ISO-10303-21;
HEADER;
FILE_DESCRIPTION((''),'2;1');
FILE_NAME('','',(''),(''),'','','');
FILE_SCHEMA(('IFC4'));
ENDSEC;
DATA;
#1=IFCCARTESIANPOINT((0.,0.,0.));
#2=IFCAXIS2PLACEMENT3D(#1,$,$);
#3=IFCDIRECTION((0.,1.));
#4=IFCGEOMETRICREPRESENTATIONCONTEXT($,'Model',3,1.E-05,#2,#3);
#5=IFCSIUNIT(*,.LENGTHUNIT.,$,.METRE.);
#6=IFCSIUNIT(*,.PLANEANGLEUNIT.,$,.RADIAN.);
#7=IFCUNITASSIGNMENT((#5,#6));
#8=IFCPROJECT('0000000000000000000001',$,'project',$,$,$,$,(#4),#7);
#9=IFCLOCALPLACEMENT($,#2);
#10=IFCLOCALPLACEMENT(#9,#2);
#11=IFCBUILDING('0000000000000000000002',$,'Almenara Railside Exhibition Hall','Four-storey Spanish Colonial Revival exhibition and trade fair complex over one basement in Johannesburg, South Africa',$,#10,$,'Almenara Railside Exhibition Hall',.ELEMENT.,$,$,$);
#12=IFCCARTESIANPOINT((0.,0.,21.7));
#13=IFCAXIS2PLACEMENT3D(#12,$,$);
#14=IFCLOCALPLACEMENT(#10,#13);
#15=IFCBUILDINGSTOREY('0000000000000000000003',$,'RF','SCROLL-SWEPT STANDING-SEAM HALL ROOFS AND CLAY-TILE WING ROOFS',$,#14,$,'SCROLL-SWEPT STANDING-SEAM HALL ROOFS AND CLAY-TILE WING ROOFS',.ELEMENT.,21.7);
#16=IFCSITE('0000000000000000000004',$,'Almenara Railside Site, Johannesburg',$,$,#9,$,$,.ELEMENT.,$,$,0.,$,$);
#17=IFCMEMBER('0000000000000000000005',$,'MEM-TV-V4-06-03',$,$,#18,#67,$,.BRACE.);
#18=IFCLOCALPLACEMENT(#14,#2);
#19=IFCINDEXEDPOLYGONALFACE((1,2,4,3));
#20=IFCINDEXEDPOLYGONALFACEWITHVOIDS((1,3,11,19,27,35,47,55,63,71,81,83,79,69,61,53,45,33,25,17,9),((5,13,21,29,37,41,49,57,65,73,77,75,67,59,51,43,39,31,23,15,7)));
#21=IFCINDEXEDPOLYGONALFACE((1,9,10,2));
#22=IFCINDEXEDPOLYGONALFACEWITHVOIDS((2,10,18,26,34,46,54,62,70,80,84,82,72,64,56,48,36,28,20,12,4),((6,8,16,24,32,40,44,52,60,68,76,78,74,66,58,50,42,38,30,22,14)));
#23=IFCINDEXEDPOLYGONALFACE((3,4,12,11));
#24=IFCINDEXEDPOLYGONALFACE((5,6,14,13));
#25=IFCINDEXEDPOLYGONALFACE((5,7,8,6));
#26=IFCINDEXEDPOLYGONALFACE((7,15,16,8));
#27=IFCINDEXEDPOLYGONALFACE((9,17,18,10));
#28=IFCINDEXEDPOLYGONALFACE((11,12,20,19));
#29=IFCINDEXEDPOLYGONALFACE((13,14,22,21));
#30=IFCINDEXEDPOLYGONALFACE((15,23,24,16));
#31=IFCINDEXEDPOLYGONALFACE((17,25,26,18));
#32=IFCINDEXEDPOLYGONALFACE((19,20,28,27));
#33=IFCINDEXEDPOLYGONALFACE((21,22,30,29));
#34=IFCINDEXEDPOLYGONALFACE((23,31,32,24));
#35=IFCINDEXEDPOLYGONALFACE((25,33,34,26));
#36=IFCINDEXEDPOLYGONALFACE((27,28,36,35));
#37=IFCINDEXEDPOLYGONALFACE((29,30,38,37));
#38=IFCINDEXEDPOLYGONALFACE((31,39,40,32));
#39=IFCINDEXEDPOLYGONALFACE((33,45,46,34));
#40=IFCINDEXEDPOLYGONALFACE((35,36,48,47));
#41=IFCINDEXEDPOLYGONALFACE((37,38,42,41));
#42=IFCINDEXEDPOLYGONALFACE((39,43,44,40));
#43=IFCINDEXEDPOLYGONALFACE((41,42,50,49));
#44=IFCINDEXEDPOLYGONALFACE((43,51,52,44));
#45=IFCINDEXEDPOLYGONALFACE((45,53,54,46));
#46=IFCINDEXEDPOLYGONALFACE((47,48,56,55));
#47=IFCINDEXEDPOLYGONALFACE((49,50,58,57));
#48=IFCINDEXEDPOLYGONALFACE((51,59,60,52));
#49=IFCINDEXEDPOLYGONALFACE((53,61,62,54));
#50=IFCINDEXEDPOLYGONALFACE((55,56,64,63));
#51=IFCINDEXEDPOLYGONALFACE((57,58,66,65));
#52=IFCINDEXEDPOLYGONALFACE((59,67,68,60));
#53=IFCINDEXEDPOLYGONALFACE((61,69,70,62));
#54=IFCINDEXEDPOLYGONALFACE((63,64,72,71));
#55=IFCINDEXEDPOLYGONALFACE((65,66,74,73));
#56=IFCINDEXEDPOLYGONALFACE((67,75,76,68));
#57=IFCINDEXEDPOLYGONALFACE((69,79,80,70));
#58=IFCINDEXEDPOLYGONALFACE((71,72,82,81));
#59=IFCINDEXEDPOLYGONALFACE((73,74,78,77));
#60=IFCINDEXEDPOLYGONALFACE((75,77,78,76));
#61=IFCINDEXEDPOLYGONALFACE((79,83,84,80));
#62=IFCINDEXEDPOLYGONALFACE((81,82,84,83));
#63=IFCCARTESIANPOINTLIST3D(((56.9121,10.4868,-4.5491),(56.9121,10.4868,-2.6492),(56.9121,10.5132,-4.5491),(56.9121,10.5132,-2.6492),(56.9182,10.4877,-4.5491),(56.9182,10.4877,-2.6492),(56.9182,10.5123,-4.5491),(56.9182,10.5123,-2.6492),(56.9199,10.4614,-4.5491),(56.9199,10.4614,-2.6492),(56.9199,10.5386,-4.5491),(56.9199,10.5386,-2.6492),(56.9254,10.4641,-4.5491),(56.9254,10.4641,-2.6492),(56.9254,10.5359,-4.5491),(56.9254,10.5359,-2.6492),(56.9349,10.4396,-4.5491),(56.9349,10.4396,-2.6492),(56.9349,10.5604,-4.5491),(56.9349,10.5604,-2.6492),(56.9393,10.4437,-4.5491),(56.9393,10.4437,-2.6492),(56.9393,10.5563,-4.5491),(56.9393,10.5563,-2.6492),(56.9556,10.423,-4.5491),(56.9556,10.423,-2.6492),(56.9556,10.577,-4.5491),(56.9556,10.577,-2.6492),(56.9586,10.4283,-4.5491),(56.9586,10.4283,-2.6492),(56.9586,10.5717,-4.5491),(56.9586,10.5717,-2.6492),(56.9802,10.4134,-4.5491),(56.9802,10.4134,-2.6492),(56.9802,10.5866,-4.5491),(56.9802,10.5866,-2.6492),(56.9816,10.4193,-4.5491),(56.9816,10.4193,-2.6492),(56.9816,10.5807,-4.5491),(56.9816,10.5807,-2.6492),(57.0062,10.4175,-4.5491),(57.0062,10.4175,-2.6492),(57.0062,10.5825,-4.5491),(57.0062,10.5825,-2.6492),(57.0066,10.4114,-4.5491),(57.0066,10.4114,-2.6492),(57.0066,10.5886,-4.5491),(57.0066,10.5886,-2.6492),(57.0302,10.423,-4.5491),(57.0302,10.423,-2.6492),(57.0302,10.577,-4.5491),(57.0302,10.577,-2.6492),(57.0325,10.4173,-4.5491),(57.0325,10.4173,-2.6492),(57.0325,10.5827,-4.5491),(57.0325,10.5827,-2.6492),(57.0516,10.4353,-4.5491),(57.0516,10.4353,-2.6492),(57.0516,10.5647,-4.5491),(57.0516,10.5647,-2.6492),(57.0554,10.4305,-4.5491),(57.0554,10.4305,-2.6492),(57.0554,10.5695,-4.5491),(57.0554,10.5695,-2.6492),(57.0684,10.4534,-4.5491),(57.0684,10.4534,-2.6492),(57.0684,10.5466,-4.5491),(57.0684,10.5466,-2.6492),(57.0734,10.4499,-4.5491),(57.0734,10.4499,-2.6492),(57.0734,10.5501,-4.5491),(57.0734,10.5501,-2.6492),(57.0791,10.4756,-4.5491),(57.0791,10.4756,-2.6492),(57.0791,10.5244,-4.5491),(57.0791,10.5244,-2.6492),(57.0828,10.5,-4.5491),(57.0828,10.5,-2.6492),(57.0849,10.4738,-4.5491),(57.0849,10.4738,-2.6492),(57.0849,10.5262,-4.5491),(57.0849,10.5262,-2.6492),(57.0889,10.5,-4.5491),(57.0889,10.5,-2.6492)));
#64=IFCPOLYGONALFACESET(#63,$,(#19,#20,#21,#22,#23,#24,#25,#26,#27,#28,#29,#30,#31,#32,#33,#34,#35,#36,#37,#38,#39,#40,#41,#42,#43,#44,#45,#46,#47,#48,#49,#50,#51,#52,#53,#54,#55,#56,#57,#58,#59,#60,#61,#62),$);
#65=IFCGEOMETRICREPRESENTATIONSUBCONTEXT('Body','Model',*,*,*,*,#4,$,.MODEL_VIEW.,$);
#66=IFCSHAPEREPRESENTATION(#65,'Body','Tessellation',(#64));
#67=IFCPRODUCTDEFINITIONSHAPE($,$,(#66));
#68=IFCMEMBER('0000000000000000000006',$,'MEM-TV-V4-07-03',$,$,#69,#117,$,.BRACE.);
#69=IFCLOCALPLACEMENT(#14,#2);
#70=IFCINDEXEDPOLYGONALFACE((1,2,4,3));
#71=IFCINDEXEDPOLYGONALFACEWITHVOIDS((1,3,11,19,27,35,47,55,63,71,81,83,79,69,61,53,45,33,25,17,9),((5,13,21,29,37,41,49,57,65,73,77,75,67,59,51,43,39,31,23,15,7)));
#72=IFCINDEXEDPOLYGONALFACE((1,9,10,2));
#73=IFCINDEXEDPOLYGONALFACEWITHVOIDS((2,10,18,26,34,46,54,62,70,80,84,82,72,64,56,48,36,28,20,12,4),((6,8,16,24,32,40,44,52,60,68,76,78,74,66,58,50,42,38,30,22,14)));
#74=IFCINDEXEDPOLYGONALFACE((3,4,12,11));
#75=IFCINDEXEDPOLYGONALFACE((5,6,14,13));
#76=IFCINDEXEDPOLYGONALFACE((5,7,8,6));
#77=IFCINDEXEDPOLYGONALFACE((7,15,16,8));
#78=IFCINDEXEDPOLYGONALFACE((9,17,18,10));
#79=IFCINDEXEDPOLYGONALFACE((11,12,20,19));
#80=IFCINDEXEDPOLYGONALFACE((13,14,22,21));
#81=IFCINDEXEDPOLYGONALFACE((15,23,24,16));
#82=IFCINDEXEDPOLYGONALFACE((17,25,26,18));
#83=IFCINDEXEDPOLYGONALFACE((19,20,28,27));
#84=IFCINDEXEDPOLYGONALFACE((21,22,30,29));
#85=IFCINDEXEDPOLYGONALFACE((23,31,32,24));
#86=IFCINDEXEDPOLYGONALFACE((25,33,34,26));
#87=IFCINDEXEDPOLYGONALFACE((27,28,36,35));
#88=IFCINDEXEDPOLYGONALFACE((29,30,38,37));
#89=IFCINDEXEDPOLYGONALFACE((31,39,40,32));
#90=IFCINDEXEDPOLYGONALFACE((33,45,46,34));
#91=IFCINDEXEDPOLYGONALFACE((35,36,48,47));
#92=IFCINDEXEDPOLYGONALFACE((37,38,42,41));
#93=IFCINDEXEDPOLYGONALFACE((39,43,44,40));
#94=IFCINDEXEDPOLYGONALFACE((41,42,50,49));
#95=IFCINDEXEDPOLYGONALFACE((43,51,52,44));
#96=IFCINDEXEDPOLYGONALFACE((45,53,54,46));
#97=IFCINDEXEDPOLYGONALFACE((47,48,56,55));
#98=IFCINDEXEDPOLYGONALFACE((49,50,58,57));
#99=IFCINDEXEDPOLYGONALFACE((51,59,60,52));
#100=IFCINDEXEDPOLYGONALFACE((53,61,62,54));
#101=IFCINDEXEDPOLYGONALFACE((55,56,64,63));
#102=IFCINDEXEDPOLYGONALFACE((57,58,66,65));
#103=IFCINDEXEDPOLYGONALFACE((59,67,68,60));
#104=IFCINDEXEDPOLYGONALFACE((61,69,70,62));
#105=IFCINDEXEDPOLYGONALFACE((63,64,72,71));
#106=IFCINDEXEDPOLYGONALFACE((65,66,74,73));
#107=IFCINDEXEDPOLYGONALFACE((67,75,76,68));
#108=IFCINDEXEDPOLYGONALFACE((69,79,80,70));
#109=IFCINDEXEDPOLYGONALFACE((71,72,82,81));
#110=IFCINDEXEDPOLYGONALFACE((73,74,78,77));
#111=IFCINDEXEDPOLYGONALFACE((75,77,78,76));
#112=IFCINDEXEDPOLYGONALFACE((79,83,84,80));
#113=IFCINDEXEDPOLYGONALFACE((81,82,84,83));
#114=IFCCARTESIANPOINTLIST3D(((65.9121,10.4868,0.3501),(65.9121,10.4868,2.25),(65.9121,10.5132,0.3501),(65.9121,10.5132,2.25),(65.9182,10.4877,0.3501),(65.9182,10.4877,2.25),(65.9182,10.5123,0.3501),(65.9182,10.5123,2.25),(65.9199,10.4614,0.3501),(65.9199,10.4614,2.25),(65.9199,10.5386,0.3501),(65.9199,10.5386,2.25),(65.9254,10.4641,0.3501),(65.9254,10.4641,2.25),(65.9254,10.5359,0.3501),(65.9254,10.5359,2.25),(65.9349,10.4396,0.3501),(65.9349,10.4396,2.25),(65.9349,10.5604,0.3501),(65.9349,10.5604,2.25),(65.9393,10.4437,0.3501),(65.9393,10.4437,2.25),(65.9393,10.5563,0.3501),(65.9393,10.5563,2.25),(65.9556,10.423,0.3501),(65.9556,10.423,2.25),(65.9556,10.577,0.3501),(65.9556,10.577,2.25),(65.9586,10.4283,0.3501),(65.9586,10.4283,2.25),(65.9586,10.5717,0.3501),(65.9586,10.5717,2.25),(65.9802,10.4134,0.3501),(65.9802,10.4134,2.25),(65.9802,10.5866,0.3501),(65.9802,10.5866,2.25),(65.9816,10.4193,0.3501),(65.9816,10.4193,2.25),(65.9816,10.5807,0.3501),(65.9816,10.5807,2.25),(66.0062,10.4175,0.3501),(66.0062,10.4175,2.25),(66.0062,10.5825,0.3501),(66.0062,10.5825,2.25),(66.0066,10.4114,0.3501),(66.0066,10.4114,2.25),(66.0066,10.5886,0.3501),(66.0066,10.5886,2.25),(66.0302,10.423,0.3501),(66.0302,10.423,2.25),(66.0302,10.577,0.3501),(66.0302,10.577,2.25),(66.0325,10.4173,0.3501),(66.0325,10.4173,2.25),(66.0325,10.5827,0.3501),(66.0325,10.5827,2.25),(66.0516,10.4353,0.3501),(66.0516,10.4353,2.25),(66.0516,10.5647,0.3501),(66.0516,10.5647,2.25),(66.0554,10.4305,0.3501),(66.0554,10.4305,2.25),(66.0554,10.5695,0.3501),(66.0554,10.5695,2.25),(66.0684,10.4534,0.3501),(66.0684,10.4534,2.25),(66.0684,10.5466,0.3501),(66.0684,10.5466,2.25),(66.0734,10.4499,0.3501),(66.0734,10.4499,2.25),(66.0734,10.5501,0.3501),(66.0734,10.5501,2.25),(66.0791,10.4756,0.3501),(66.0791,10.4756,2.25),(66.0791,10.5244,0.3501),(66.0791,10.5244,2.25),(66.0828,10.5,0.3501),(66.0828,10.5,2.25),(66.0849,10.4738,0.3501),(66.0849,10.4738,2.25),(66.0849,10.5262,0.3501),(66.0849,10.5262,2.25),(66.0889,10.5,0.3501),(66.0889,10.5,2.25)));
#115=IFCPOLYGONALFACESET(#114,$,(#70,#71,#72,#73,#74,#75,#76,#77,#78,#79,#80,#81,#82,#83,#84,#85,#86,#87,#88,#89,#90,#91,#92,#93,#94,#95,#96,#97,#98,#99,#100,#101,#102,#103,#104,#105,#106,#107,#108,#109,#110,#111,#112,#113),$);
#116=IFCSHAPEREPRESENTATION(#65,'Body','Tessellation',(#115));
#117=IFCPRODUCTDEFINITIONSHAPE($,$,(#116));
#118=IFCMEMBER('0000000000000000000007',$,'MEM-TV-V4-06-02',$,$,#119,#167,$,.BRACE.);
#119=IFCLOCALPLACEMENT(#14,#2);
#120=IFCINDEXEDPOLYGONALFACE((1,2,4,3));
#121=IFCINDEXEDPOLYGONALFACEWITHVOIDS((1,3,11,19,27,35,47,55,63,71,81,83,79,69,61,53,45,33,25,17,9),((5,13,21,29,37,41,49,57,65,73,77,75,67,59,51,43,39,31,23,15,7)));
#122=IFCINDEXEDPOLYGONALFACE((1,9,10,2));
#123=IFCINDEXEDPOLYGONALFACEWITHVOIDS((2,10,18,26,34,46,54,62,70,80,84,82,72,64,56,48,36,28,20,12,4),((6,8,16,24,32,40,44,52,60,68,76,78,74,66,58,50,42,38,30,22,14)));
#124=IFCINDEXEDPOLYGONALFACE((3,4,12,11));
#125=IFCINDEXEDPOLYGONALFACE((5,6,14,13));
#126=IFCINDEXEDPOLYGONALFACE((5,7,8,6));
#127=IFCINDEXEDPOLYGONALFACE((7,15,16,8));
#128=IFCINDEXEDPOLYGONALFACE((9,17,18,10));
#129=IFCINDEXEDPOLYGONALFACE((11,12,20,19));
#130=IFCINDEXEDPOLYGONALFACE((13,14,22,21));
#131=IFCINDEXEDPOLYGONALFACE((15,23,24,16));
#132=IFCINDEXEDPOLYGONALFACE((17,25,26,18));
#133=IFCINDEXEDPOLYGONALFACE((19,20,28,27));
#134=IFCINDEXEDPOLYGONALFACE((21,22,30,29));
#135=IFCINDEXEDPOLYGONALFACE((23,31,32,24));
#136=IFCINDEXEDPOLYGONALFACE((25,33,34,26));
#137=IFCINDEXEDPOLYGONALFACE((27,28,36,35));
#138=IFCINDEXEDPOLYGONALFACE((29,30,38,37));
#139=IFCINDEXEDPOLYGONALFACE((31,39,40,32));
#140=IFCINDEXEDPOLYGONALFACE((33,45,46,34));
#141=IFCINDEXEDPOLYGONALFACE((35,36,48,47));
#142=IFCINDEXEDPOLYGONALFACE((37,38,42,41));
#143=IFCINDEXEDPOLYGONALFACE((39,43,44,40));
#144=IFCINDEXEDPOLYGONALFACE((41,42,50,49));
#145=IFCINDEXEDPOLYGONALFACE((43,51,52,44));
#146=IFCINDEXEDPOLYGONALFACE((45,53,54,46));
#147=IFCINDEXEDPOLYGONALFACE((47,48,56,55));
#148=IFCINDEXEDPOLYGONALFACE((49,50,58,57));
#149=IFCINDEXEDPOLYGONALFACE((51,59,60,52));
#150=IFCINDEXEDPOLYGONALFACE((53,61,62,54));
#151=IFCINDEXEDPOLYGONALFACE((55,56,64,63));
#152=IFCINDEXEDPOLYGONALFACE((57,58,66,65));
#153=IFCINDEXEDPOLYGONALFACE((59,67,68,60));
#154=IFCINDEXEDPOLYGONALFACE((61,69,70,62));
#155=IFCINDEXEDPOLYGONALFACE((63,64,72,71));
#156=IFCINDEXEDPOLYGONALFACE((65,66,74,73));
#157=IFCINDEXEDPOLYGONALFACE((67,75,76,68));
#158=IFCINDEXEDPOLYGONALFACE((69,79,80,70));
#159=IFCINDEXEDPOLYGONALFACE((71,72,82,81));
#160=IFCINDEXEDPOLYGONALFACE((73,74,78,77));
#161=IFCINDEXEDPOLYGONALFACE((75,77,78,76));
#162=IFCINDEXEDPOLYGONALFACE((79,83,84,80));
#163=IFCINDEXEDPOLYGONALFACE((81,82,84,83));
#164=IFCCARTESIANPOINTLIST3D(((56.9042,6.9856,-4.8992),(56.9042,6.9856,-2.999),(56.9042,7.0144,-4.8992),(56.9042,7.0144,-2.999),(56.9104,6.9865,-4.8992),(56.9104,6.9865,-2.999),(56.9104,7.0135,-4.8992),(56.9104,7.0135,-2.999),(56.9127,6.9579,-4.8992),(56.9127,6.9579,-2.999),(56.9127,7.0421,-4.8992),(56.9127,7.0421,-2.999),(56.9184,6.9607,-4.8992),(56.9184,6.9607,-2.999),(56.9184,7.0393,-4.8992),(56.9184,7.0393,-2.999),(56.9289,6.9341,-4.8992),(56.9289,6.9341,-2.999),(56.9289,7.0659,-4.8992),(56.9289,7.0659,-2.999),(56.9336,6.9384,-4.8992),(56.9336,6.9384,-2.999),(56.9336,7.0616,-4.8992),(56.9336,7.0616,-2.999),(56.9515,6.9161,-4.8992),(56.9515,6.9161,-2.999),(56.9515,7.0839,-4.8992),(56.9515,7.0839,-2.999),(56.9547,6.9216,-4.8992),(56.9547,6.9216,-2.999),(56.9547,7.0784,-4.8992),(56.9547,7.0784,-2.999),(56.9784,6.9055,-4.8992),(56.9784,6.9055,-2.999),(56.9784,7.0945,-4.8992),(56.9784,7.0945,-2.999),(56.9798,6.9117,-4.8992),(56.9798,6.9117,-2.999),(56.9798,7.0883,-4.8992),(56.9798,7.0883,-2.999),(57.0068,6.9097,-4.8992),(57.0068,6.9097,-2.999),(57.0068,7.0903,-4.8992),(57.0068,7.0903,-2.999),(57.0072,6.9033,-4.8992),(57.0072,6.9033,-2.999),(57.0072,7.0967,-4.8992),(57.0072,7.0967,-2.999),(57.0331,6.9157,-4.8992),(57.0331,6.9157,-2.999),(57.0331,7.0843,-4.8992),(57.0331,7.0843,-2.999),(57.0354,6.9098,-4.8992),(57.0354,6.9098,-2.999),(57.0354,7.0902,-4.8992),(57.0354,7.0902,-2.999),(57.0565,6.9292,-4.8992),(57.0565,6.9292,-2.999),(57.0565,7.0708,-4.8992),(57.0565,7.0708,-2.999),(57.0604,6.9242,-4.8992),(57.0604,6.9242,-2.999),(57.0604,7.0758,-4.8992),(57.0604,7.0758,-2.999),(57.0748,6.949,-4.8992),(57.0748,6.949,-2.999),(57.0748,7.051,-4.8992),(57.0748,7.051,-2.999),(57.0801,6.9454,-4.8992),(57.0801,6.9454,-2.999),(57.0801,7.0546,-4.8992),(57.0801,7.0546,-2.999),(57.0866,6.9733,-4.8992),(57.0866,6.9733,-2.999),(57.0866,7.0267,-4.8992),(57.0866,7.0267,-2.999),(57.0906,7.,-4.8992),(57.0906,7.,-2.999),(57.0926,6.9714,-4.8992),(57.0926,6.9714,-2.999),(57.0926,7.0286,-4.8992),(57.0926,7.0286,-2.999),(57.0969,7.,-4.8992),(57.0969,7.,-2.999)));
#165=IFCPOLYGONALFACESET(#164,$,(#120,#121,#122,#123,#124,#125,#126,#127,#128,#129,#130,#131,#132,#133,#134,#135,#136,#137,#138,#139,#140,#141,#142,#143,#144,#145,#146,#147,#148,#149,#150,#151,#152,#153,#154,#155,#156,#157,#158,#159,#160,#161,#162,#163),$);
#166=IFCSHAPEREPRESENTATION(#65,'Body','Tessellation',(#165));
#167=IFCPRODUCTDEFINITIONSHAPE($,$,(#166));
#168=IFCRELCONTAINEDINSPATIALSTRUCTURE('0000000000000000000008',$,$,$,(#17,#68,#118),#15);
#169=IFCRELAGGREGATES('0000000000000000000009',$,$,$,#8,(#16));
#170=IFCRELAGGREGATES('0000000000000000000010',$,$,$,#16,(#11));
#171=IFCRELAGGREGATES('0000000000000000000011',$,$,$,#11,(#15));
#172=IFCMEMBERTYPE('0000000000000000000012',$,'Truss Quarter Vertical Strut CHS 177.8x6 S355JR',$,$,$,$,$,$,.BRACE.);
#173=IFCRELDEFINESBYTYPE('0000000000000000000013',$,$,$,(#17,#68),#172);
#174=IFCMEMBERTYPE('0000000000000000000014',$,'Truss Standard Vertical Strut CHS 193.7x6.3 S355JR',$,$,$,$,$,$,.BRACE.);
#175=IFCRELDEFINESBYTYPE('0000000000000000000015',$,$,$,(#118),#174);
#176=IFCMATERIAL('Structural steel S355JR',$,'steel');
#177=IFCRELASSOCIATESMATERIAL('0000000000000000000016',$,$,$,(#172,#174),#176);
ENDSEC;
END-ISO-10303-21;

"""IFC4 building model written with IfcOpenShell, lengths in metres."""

from ifc_helpers import new_model, si_unit, direction, frame, origin, origin_2d, place, context, subcontext, project, spatial, hollow_circle, extrude, material, material_profile, profile_set, type_object, element, save


model = new_model("IFC4")

# Units and contexts
model_context = context("Model", 3, precision=1e-05, world=origin(), true_north=direction((0.0, 1.0)))
body_context = subcontext(model_context, "Body", "Model", "MODEL_VIEW")
ifc_project = project(units=[si_unit("LENGTHUNIT", "METRE"), si_unit("PLANEANGLEUNIT", "RADIAN")], contexts=[model_context])

# Site, building, storey
site_placement = place(None, origin())
site = spatial("IfcSite", under=ifc_project, at=site_placement, Name="Almenara Railside Site, Johannesburg", CompositionType="ELEMENT", RefElevation=0.0)
building_placement = place(site_placement, origin())
building = spatial("IfcBuilding", under=site, at=building_placement, Name="Almenara Railside Exhibition Hall", Description="Four-storey Spanish Colonial Revival exhibition and trade fair complex over one basement in Johannesburg, South Africa", LongName="Almenara Railside Exhibition Hall", CompositionType="ELEMENT")
storey_placement = place(building_placement, frame((0.0, 0.0, 21.7)))
storey = spatial("IfcBuildingStorey", under=building, at=storey_placement, Name="RF", Description="SCROLL-SWEPT STANDING-SEAM HALL ROOFS AND CLAY-TILE WING ROOFS", LongName="SCROLL-SWEPT STANDING-SEAM HALL ROOFS AND CLAY-TILE WING ROOFS", CompositionType="ELEMENT", Elevation=21.7)

# Members
ifc_material_1 = material(Name="Structural steel S355JR", Category="steel")
ifc_material_profile_1 = material_profile(ifc_material_1, hollow_circle(Radius=0.0889, WallThickness=0.0061, at=origin_2d()), Name="CHS 177.8x6")
ifc_profile_set_1 = profile_set([ifc_material_profile_1], Name="Structural steel S355JR")
member_type_1 = type_object("IfcMemberType", Name="Truss Quarter Vertical Strut CHS 177.8x6 S355JR", PredefinedType="BRACE", material=ifc_profile_set_1)
for number, where, z_axis, x_axis, name in (
    (1, (57.0, 10.5, -4.5491), (0.0, 0.0, 1.0), (1.0, 0.0, 0.0), "MEM-TV-V4-06-03"),
    (2, (66.0, 10.5, 0.3501), (0.0, 0.0, 1.0), (1.0, 0.0, 0.0), "MEM-TV-V4-07-03"),
):
    element("IfcMember", number, at=place(storey_placement, frame(where, z_axis=z_axis, x_axis=x_axis)), inside=storey, type_object=member_type_1, Name=name, PredefinedType="BRACE", context=body_context, shape_type="SweptSolid", body=[
        extrude(hollow_circle(Radius=0.0889, WallThickness=0.0061, at=origin_2d()), origin(), (0.0, 0.0, 1.0), 1.8999),
    ])
ifc_material_profile_2 = material_profile(ifc_material_1, hollow_circle(Radius=0.0969, WallThickness=0.0063, at=origin_2d()), Name="CHS 193.7x6.3")
ifc_profile_set_2 = profile_set([ifc_material_profile_2], Name="Structural steel S355JR")
member_type_2 = type_object("IfcMemberType", Name="Truss Standard Vertical Strut CHS 193.7x6.3 S355JR", PredefinedType="BRACE", material=ifc_profile_set_2)
member_1_placement = place(storey_placement, frame((57.0, 7.0, -4.8992), z_axis=(0.0, 0.0, 1.0), x_axis=(1.0, 0.0, 0.0)))
element("IfcMember", 3, at=member_1_placement, inside=storey, type_object=member_type_2, Name="MEM-TV-V4-06-02", PredefinedType="BRACE", context=body_context, shape_type="SweptSolid", body=[
    extrude(hollow_circle(Radius=0.0969, WallThickness=0.0063, at=origin_2d()), origin(), (0.0, 0.0, 1.0), 1.9001),
])

save(model, "model.ifc")
